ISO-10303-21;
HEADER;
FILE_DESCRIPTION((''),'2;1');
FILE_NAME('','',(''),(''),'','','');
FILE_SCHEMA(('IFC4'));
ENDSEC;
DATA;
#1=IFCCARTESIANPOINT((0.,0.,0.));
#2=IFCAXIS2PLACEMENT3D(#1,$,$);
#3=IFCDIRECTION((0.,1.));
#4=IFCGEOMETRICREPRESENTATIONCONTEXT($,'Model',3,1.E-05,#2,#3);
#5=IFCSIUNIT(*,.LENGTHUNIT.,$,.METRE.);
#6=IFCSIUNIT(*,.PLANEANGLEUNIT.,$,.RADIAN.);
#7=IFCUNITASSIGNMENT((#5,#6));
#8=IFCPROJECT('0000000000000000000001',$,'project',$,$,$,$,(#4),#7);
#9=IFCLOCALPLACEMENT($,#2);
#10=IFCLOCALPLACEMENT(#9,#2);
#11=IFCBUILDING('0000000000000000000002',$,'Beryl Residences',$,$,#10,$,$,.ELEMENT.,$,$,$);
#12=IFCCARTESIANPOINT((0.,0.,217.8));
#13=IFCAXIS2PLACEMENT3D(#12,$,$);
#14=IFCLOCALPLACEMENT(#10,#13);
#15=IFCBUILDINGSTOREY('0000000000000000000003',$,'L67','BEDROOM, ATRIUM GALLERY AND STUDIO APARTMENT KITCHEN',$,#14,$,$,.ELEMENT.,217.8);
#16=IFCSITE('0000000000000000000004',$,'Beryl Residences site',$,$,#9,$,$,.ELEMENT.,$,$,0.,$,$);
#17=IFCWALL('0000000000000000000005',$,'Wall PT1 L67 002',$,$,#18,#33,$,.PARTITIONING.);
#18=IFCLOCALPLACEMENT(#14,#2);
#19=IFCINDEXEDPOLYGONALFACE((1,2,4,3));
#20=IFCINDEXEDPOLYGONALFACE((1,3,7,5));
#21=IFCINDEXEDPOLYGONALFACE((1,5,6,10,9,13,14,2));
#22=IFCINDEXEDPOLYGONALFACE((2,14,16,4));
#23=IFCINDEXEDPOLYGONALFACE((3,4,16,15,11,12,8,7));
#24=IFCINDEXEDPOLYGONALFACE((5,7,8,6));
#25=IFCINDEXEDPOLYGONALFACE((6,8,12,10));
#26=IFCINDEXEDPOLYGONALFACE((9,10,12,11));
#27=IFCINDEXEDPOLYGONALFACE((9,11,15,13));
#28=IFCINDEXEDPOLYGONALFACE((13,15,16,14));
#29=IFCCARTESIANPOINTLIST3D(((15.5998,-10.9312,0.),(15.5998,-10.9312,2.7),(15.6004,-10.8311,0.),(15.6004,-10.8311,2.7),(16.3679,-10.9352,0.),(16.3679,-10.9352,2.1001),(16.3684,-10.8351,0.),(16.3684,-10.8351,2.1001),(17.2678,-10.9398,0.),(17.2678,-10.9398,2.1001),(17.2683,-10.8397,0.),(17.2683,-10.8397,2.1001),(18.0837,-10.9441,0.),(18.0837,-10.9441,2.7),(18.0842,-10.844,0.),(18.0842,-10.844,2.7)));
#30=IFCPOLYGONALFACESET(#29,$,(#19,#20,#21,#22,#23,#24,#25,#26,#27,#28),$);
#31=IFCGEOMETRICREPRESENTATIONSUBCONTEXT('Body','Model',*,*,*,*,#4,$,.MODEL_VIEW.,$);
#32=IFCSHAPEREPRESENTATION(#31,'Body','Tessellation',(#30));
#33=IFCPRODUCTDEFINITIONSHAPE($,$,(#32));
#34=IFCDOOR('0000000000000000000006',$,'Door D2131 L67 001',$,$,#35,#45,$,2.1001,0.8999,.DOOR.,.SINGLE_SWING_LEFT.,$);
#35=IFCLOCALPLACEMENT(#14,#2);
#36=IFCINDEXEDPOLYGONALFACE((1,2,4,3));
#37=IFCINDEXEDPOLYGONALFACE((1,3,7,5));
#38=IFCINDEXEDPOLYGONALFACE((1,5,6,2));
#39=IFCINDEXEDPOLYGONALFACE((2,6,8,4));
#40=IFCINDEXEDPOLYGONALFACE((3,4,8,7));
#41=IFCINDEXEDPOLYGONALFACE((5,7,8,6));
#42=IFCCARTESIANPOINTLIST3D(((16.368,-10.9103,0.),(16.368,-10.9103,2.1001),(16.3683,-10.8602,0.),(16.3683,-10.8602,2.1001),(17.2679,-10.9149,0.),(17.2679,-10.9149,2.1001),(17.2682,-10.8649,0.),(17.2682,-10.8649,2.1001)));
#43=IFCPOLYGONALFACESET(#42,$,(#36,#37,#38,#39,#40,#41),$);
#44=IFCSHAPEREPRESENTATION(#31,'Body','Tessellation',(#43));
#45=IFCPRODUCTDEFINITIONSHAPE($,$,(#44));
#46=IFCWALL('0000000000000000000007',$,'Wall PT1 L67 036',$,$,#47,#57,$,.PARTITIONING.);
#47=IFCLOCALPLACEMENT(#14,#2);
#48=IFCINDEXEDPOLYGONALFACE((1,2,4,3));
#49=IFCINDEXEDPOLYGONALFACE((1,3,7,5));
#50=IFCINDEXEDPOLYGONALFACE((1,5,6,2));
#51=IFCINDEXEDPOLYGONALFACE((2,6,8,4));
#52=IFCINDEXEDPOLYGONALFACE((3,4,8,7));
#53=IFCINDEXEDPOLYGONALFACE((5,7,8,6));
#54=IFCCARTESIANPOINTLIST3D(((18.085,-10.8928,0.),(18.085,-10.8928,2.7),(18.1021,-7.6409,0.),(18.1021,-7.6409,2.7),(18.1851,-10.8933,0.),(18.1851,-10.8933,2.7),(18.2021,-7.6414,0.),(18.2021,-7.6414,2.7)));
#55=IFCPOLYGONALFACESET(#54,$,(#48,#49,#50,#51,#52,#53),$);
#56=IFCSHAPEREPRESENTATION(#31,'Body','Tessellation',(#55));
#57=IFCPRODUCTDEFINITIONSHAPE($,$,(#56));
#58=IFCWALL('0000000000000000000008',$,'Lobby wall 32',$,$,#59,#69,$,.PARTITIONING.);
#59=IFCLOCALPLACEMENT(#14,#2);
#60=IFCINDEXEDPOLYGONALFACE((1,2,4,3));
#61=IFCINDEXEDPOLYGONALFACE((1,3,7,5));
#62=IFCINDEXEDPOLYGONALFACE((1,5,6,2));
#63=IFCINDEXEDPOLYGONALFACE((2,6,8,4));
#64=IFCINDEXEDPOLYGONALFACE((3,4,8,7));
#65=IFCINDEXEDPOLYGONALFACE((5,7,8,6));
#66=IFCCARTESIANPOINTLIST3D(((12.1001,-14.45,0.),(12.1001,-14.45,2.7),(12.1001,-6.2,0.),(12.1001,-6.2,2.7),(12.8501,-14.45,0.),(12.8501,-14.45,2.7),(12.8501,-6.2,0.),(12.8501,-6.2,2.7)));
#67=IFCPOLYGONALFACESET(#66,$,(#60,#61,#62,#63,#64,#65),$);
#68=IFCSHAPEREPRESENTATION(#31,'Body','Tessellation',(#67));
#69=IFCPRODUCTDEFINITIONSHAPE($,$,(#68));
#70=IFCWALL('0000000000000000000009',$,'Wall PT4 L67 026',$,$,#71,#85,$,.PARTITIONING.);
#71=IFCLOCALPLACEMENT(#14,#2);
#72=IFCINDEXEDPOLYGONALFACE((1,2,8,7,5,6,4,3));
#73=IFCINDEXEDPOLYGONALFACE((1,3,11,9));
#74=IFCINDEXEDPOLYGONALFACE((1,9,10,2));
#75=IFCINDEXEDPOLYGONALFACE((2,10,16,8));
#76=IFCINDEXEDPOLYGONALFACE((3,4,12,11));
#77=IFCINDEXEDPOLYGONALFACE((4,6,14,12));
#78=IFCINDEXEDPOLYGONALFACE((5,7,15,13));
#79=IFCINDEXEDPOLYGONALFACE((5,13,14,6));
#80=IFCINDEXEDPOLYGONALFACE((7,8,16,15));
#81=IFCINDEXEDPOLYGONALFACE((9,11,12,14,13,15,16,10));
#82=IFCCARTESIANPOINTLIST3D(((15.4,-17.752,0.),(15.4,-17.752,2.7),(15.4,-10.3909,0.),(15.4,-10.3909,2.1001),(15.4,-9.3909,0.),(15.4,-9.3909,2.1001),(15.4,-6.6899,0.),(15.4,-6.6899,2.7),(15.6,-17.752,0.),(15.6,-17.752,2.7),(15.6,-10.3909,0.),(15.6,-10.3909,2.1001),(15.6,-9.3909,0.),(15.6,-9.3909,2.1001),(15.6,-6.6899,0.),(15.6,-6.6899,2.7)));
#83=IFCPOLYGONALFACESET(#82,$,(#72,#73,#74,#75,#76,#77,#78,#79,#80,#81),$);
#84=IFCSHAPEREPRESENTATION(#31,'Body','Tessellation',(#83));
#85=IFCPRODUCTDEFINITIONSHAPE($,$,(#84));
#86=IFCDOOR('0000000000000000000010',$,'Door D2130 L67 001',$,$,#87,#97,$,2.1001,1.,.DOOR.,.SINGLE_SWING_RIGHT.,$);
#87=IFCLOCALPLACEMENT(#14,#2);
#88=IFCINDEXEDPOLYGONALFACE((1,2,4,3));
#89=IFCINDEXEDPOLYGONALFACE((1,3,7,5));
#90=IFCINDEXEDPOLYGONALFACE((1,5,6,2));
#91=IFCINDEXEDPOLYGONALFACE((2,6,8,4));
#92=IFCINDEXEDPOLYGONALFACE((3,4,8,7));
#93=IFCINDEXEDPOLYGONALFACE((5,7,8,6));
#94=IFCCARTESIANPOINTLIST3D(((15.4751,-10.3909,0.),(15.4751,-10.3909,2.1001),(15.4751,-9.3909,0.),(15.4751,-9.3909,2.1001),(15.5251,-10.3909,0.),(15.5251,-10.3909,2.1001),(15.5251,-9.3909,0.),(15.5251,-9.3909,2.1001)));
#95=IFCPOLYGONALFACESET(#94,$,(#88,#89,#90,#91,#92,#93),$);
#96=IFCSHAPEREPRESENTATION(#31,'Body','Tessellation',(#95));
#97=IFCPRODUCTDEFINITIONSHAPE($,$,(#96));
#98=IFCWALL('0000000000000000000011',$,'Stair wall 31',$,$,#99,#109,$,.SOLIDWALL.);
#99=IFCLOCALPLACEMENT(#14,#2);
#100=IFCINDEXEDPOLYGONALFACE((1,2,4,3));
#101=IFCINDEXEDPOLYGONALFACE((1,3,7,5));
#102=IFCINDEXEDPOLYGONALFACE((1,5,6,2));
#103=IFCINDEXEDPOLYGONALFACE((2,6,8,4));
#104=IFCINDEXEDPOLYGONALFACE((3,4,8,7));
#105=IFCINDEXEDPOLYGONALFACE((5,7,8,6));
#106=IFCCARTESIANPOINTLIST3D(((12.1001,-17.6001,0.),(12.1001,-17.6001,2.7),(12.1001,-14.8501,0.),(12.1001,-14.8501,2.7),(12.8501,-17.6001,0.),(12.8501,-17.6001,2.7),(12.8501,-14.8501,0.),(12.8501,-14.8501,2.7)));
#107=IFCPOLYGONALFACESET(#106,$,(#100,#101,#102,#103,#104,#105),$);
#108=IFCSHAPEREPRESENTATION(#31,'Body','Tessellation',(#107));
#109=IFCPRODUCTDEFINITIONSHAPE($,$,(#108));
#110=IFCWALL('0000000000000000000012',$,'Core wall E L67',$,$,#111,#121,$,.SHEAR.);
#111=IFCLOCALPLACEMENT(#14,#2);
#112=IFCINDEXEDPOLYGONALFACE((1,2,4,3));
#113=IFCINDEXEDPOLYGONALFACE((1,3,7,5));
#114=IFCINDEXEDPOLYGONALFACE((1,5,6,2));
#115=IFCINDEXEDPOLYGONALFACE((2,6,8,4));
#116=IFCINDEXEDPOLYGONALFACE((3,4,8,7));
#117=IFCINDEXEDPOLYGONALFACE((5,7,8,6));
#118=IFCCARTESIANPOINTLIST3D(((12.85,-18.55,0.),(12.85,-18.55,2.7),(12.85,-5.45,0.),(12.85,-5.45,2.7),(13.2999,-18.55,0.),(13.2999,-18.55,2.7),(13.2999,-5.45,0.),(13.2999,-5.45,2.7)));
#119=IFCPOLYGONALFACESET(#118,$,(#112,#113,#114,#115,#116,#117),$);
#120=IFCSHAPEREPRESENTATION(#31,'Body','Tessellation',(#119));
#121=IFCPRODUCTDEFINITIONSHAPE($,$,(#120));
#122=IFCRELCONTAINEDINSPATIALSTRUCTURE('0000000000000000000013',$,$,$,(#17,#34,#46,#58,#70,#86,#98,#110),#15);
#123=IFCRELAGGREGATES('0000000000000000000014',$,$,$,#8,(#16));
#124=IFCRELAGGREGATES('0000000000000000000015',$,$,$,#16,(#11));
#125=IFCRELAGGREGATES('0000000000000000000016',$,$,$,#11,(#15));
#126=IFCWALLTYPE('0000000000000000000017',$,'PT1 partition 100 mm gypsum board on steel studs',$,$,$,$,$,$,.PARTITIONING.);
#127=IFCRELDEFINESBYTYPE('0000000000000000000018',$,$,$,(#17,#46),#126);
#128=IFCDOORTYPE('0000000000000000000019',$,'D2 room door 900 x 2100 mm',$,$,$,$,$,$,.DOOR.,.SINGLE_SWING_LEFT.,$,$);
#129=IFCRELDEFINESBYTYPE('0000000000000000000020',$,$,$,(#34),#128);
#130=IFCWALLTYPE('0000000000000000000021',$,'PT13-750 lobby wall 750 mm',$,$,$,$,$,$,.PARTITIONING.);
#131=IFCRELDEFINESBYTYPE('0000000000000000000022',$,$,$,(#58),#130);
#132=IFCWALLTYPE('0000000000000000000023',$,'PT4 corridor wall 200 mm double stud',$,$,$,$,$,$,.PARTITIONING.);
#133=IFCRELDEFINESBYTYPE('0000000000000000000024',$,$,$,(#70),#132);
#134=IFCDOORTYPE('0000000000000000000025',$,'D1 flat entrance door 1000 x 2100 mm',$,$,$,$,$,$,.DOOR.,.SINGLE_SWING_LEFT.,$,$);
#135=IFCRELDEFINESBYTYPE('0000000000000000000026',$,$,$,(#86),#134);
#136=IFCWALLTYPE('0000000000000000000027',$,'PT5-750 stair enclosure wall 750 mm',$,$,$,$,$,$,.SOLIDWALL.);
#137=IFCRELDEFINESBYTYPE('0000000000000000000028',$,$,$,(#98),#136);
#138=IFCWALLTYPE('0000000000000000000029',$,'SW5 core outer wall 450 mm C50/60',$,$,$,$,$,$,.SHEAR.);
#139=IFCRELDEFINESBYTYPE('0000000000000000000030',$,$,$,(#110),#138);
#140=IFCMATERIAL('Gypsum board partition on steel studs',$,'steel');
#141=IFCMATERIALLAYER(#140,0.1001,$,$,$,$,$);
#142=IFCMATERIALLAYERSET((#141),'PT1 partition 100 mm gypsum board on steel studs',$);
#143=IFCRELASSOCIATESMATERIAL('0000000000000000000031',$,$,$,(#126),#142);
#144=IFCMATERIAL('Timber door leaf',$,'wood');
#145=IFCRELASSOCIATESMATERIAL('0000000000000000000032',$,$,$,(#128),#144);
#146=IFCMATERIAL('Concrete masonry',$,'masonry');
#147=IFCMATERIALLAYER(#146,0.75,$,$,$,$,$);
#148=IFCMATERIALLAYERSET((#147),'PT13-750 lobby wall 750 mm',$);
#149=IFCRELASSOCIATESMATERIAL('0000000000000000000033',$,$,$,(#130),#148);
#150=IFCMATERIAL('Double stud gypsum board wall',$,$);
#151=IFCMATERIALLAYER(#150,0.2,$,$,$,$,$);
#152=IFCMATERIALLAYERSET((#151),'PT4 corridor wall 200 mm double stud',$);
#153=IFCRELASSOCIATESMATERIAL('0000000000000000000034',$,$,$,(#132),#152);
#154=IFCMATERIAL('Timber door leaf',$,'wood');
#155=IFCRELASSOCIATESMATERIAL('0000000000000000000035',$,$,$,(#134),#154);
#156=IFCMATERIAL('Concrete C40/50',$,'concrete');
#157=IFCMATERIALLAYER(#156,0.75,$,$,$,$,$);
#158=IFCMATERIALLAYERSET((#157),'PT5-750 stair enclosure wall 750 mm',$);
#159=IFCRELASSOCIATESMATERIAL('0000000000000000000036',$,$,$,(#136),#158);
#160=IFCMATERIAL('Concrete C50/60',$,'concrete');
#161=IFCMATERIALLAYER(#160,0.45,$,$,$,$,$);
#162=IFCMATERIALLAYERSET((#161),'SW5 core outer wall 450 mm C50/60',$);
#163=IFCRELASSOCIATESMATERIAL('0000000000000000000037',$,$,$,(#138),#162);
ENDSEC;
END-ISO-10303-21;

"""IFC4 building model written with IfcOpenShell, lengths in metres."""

from ifc_helpers import new_model, si_unit, direction, frame, frame_2d, origin, place, context, subcontext, project, spatial, rectangle, extrude, material, layer, layer_set, type_object, element, fill, save


model = new_model("IFC4")

# Units and contexts
model_context = context("Model", 3, precision=1e-05, world=origin(), true_north=direction((0.0, 1.0)))
body_context = subcontext(model_context, "Body", "Model", "MODEL_VIEW")
ifc_project = project(units=[si_unit("LENGTHUNIT", "METRE"), si_unit("PLANEANGLEUNIT", "RADIAN")], contexts=[model_context])

# Site, building, storey
site_placement = place(None, origin())
site = spatial("IfcSite", under=ifc_project, at=site_placement, Name="Beryl Residences site", CompositionType="ELEMENT", RefElevation=0.0)
building_placement = place(site_placement, origin())
building = spatial("IfcBuilding", under=site, at=building_placement, Name="Beryl Residences", CompositionType="ELEMENT")
storey_placement = place(building_placement, frame((0.0, 0.0, 217.8)))
storey = spatial("IfcBuildingStorey", under=building, at=storey_placement, Name="L67", Description="BEDROOM, ATRIUM GALLERY AND STUDIO APARTMENT KITCHEN", CompositionType="ELEMENT", Elevation=217.8)

# Wall, opening, door
ifc_material_1 = material(Name="Gypsum board partition on steel studs", Category="steel")
ifc_layer_1 = layer(ifc_material_1, 0.1001)
ifc_layer_set_1 = layer_set([ifc_layer_1], Name="PT1 partition 100 mm gypsum board on steel studs")
wall_type_1 = type_object("IfcWallType", Name="PT1 partition 100 mm gypsum board on steel studs", PredefinedType="PARTITIONING", material=ifc_layer_set_1)
wall_1_placement = place(storey_placement, frame((15.6001, -10.8811, 0.0), z_axis=(0.0, 0.0, 1.0), x_axis=(0.999986, -0.005209, 0.0)))
wall_1 = element("IfcWall", 1, at=wall_1_placement, inside=storey, type_object=wall_type_1, Name="Wall PT1 L67 002", PredefinedType="PARTITIONING", context=body_context, shape_type="SweptSolid", body=[
    extrude(rectangle(XDim=2.4839, YDim=0.1001, at=frame_2d((1.2419, 0.0))), origin(), (0.0, 0.0, 1.0), 2.7),
])
opening_1_placement = place(wall_1_placement, frame((0.7681, 0.0, 0.0)))
opening_1 = element("IfcOpeningElement", 2, at=opening_1_placement, cuts=wall_1, PredefinedType="OPENING", context=body_context, shape_type="SweptSolid", body=[
    extrude(rectangle(XDim=0.8999, YDim=2.1001, at=frame_2d((0.45, 1.05))), frame((0.0, 0.0601, 0.0), z_axis=(0.0, -1.0, 0.0), x_axis=(1.0, 0.0, 0.0)), (0.0, 0.0, 1.0), 0.1201),
])
ifc_material_2 = material(Name="Timber door leaf", Category="wood")
door_type_1 = type_object("IfcDoorType", Name="D2 room door 900 x 2100 mm", OperationType="SINGLE_SWING_LEFT", PredefinedType="DOOR", material=ifc_material_2)
door_1_placement = place(opening_1_placement, origin())
door_1 = element("IfcDoor", 3, at=door_1_placement, inside=storey, type_object=door_type_1, Name="Door D2131 L67 001", OperationType="SINGLE_SWING_LEFT", OverallHeight=2.1001, OverallWidth=0.8999, PredefinedType="DOOR", context=body_context, shape_type="SweptSolid", body=[
    extrude(rectangle(XDim=0.8999, YDim=2.1001, at=frame_2d((0.45, 1.05))), frame((0.0, 0.0249, 0.0), z_axis=(0.0, -1.0, 0.0), x_axis=(1.0, 0.0, 0.0)), (0.0, 0.0, 1.0), 0.05),
])
fill(opening_1, door_1)

# Walls
wall_2_placement = place(storey_placement, frame((18.135, -10.8931, 0.0), z_axis=(0.0, 0.0, 1.0), x_axis=(0.005255, 0.999986, 0.0)))
element("IfcWall", 4, at=wall_2_placement, inside=storey, type_object=wall_type_1, Name="Wall PT1 L67 036", PredefinedType="PARTITIONING", context=body_context, shape_type="SweptSolid", body=[
    extrude(rectangle(XDim=3.252, YDim=0.1001, at=frame_2d((1.626, 0.0))), origin(), (0.0, 0.0, 1.0), 2.7),
])
ifc_material_3 = material(Name="Concrete masonry", Category="masonry")
ifc_layer_2 = layer(ifc_material_3, 0.75)
ifc_layer_set_2 = layer_set([ifc_layer_2], Name="PT13-750 lobby wall 750 mm")
wall_type_2 = type_object("IfcWallType", Name="PT13-750 lobby wall 750 mm", PredefinedType="PARTITIONING", material=ifc_layer_set_2)
wall_3_placement = place(storey_placement, frame((12.4751, -14.45, 0.0), z_axis=(0.0, 0.0, 1.0), x_axis=(0.0, 1.0, 0.0)))
element("IfcWall", 5, at=wall_3_placement, inside=storey, type_object=wall_type_2, Name="Lobby wall 32", PredefinedType="PARTITIONING", context=body_context, shape_type="SweptSolid", body=[
    extrude(rectangle(XDim=8.25, YDim=0.75, at=frame_2d((4.125, 0.0))), origin(), (0.0, 0.0, 1.0), 2.7),
])

# Wall, opening, door
ifc_material_4 = material(Name="Double stud gypsum board wall")
ifc_layer_3 = layer(ifc_material_4, 0.2)
ifc_layer_set_3 = layer_set([ifc_layer_3], Name="PT4 corridor wall 200 mm double stud")
wall_type_3 = type_object("IfcWallType", Name="PT4 corridor wall 200 mm double stud", PredefinedType="PARTITIONING", material=ifc_layer_set_3)
wall_4_placement = place(storey_placement, frame((15.5, -17.752, 0.0), z_axis=(0.0, 0.0, 1.0), x_axis=(0.0, 1.0, 0.0)))
wall_4 = element("IfcWall", 6, at=wall_4_placement, inside=storey, type_object=wall_type_3, Name="Wall PT4 L67 026", PredefinedType="PARTITIONING", context=body_context, shape_type="SweptSolid", body=[
    extrude(rectangle(XDim=11.062, YDim=0.2, at=frame_2d((5.531, 0.0))), origin(), (0.0, 0.0, 1.0), 2.7),
])
opening_2_placement = place(wall_4_placement, frame((7.3611, 0.0, 0.0)))
opening_2 = element("IfcOpeningElement", 7, at=opening_2_placement, cuts=wall_4, PredefinedType="OPENING", context=body_context, shape_type="SweptSolid", body=[
    extrude(rectangle(XDim=1.0, YDim=2.1001, at=frame_2d((0.5, 1.05))), frame((0.0, 0.1099, 0.0), z_axis=(0.0, -1.0, 0.0), x_axis=(1.0, 0.0, 0.0)), (0.0, 0.0, 1.0), 0.22),
])
ifc_material_5 = material(Name="Timber door leaf", Category="wood")
door_type_2 = type_object("IfcDoorType", Name="D1 flat entrance door 1000 x 2100 mm", OperationType="SINGLE_SWING_LEFT", PredefinedType="DOOR", material=ifc_material_5)
door_2_placement = place(opening_2_placement, origin())
door_2 = element("IfcDoor", 8, at=door_2_placement, inside=storey, type_object=door_type_2, Name="Door D2130 L67 001", OperationType="SINGLE_SWING_RIGHT", OverallHeight=2.1001, OverallWidth=1.0, PredefinedType="DOOR", context=body_context, shape_type="SweptSolid", body=[
    extrude(rectangle(XDim=1.0, YDim=2.1001, at=frame_2d((0.5, 1.05))), frame((0.0, 0.0249, 0.0), z_axis=(0.0, -1.0, 0.0), x_axis=(1.0, 0.0, 0.0)), (0.0, 0.0, 1.0), 0.05),
])
fill(opening_2, door_2)

# Walls
ifc_material_6 = material(Name="Concrete C40/50", Category="concrete")
ifc_layer_4 = layer(ifc_material_6, 0.75)
ifc_layer_set_4 = layer_set([ifc_layer_4], Name="PT5-750 stair enclosure wall 750 mm")
wall_type_4 = type_object("IfcWallType", Name="PT5-750 stair enclosure wall 750 mm", PredefinedType="SOLIDWALL", material=ifc_layer_set_4)
wall_5_placement = place(storey_placement, frame((12.4751, -17.6001, 0.0), z_axis=(0.0, 0.0, 1.0), x_axis=(0.0, 1.0, 0.0)))
element("IfcWall", 9, at=wall_5_placement, inside=storey, type_object=wall_type_4, Name="Stair wall 31", PredefinedType="SOLIDWALL", context=body_context, shape_type="SweptSolid", body=[
    extrude(rectangle(XDim=2.75, YDim=0.75, at=frame_2d((1.375, 0.0))), origin(), (0.0, 0.0, 1.0), 2.7),
])
ifc_material_7 = material(Name="Concrete C50/60", Category="concrete")
ifc_layer_5 = layer(ifc_material_7, 0.45)
ifc_layer_set_5 = layer_set([ifc_layer_5], Name="SW5 core outer wall 450 mm C50/60")
wall_type_5 = type_object("IfcWallType", Name="SW5 core outer wall 450 mm C50/60", PredefinedType="SHEAR", material=ifc_layer_set_5)
wall_6_placement = place(storey_placement, frame((13.075, -18.55, 0.0), z_axis=(0.0, 0.0, 1.0), x_axis=(0.0, 1.0, 0.0)))
element("IfcWall", 10, at=wall_6_placement, inside=storey, type_object=wall_type_5, Name="Core wall E L67", PredefinedType="SHEAR", context=body_context, shape_type="SweptSolid", body=[
    extrude(rectangle(XDim=13.1001, YDim=0.45, at=frame_2d((6.55, 0.0))), origin(), (0.0, 0.0, 1.0), 2.7),
])

save(model, "model.ifc")
